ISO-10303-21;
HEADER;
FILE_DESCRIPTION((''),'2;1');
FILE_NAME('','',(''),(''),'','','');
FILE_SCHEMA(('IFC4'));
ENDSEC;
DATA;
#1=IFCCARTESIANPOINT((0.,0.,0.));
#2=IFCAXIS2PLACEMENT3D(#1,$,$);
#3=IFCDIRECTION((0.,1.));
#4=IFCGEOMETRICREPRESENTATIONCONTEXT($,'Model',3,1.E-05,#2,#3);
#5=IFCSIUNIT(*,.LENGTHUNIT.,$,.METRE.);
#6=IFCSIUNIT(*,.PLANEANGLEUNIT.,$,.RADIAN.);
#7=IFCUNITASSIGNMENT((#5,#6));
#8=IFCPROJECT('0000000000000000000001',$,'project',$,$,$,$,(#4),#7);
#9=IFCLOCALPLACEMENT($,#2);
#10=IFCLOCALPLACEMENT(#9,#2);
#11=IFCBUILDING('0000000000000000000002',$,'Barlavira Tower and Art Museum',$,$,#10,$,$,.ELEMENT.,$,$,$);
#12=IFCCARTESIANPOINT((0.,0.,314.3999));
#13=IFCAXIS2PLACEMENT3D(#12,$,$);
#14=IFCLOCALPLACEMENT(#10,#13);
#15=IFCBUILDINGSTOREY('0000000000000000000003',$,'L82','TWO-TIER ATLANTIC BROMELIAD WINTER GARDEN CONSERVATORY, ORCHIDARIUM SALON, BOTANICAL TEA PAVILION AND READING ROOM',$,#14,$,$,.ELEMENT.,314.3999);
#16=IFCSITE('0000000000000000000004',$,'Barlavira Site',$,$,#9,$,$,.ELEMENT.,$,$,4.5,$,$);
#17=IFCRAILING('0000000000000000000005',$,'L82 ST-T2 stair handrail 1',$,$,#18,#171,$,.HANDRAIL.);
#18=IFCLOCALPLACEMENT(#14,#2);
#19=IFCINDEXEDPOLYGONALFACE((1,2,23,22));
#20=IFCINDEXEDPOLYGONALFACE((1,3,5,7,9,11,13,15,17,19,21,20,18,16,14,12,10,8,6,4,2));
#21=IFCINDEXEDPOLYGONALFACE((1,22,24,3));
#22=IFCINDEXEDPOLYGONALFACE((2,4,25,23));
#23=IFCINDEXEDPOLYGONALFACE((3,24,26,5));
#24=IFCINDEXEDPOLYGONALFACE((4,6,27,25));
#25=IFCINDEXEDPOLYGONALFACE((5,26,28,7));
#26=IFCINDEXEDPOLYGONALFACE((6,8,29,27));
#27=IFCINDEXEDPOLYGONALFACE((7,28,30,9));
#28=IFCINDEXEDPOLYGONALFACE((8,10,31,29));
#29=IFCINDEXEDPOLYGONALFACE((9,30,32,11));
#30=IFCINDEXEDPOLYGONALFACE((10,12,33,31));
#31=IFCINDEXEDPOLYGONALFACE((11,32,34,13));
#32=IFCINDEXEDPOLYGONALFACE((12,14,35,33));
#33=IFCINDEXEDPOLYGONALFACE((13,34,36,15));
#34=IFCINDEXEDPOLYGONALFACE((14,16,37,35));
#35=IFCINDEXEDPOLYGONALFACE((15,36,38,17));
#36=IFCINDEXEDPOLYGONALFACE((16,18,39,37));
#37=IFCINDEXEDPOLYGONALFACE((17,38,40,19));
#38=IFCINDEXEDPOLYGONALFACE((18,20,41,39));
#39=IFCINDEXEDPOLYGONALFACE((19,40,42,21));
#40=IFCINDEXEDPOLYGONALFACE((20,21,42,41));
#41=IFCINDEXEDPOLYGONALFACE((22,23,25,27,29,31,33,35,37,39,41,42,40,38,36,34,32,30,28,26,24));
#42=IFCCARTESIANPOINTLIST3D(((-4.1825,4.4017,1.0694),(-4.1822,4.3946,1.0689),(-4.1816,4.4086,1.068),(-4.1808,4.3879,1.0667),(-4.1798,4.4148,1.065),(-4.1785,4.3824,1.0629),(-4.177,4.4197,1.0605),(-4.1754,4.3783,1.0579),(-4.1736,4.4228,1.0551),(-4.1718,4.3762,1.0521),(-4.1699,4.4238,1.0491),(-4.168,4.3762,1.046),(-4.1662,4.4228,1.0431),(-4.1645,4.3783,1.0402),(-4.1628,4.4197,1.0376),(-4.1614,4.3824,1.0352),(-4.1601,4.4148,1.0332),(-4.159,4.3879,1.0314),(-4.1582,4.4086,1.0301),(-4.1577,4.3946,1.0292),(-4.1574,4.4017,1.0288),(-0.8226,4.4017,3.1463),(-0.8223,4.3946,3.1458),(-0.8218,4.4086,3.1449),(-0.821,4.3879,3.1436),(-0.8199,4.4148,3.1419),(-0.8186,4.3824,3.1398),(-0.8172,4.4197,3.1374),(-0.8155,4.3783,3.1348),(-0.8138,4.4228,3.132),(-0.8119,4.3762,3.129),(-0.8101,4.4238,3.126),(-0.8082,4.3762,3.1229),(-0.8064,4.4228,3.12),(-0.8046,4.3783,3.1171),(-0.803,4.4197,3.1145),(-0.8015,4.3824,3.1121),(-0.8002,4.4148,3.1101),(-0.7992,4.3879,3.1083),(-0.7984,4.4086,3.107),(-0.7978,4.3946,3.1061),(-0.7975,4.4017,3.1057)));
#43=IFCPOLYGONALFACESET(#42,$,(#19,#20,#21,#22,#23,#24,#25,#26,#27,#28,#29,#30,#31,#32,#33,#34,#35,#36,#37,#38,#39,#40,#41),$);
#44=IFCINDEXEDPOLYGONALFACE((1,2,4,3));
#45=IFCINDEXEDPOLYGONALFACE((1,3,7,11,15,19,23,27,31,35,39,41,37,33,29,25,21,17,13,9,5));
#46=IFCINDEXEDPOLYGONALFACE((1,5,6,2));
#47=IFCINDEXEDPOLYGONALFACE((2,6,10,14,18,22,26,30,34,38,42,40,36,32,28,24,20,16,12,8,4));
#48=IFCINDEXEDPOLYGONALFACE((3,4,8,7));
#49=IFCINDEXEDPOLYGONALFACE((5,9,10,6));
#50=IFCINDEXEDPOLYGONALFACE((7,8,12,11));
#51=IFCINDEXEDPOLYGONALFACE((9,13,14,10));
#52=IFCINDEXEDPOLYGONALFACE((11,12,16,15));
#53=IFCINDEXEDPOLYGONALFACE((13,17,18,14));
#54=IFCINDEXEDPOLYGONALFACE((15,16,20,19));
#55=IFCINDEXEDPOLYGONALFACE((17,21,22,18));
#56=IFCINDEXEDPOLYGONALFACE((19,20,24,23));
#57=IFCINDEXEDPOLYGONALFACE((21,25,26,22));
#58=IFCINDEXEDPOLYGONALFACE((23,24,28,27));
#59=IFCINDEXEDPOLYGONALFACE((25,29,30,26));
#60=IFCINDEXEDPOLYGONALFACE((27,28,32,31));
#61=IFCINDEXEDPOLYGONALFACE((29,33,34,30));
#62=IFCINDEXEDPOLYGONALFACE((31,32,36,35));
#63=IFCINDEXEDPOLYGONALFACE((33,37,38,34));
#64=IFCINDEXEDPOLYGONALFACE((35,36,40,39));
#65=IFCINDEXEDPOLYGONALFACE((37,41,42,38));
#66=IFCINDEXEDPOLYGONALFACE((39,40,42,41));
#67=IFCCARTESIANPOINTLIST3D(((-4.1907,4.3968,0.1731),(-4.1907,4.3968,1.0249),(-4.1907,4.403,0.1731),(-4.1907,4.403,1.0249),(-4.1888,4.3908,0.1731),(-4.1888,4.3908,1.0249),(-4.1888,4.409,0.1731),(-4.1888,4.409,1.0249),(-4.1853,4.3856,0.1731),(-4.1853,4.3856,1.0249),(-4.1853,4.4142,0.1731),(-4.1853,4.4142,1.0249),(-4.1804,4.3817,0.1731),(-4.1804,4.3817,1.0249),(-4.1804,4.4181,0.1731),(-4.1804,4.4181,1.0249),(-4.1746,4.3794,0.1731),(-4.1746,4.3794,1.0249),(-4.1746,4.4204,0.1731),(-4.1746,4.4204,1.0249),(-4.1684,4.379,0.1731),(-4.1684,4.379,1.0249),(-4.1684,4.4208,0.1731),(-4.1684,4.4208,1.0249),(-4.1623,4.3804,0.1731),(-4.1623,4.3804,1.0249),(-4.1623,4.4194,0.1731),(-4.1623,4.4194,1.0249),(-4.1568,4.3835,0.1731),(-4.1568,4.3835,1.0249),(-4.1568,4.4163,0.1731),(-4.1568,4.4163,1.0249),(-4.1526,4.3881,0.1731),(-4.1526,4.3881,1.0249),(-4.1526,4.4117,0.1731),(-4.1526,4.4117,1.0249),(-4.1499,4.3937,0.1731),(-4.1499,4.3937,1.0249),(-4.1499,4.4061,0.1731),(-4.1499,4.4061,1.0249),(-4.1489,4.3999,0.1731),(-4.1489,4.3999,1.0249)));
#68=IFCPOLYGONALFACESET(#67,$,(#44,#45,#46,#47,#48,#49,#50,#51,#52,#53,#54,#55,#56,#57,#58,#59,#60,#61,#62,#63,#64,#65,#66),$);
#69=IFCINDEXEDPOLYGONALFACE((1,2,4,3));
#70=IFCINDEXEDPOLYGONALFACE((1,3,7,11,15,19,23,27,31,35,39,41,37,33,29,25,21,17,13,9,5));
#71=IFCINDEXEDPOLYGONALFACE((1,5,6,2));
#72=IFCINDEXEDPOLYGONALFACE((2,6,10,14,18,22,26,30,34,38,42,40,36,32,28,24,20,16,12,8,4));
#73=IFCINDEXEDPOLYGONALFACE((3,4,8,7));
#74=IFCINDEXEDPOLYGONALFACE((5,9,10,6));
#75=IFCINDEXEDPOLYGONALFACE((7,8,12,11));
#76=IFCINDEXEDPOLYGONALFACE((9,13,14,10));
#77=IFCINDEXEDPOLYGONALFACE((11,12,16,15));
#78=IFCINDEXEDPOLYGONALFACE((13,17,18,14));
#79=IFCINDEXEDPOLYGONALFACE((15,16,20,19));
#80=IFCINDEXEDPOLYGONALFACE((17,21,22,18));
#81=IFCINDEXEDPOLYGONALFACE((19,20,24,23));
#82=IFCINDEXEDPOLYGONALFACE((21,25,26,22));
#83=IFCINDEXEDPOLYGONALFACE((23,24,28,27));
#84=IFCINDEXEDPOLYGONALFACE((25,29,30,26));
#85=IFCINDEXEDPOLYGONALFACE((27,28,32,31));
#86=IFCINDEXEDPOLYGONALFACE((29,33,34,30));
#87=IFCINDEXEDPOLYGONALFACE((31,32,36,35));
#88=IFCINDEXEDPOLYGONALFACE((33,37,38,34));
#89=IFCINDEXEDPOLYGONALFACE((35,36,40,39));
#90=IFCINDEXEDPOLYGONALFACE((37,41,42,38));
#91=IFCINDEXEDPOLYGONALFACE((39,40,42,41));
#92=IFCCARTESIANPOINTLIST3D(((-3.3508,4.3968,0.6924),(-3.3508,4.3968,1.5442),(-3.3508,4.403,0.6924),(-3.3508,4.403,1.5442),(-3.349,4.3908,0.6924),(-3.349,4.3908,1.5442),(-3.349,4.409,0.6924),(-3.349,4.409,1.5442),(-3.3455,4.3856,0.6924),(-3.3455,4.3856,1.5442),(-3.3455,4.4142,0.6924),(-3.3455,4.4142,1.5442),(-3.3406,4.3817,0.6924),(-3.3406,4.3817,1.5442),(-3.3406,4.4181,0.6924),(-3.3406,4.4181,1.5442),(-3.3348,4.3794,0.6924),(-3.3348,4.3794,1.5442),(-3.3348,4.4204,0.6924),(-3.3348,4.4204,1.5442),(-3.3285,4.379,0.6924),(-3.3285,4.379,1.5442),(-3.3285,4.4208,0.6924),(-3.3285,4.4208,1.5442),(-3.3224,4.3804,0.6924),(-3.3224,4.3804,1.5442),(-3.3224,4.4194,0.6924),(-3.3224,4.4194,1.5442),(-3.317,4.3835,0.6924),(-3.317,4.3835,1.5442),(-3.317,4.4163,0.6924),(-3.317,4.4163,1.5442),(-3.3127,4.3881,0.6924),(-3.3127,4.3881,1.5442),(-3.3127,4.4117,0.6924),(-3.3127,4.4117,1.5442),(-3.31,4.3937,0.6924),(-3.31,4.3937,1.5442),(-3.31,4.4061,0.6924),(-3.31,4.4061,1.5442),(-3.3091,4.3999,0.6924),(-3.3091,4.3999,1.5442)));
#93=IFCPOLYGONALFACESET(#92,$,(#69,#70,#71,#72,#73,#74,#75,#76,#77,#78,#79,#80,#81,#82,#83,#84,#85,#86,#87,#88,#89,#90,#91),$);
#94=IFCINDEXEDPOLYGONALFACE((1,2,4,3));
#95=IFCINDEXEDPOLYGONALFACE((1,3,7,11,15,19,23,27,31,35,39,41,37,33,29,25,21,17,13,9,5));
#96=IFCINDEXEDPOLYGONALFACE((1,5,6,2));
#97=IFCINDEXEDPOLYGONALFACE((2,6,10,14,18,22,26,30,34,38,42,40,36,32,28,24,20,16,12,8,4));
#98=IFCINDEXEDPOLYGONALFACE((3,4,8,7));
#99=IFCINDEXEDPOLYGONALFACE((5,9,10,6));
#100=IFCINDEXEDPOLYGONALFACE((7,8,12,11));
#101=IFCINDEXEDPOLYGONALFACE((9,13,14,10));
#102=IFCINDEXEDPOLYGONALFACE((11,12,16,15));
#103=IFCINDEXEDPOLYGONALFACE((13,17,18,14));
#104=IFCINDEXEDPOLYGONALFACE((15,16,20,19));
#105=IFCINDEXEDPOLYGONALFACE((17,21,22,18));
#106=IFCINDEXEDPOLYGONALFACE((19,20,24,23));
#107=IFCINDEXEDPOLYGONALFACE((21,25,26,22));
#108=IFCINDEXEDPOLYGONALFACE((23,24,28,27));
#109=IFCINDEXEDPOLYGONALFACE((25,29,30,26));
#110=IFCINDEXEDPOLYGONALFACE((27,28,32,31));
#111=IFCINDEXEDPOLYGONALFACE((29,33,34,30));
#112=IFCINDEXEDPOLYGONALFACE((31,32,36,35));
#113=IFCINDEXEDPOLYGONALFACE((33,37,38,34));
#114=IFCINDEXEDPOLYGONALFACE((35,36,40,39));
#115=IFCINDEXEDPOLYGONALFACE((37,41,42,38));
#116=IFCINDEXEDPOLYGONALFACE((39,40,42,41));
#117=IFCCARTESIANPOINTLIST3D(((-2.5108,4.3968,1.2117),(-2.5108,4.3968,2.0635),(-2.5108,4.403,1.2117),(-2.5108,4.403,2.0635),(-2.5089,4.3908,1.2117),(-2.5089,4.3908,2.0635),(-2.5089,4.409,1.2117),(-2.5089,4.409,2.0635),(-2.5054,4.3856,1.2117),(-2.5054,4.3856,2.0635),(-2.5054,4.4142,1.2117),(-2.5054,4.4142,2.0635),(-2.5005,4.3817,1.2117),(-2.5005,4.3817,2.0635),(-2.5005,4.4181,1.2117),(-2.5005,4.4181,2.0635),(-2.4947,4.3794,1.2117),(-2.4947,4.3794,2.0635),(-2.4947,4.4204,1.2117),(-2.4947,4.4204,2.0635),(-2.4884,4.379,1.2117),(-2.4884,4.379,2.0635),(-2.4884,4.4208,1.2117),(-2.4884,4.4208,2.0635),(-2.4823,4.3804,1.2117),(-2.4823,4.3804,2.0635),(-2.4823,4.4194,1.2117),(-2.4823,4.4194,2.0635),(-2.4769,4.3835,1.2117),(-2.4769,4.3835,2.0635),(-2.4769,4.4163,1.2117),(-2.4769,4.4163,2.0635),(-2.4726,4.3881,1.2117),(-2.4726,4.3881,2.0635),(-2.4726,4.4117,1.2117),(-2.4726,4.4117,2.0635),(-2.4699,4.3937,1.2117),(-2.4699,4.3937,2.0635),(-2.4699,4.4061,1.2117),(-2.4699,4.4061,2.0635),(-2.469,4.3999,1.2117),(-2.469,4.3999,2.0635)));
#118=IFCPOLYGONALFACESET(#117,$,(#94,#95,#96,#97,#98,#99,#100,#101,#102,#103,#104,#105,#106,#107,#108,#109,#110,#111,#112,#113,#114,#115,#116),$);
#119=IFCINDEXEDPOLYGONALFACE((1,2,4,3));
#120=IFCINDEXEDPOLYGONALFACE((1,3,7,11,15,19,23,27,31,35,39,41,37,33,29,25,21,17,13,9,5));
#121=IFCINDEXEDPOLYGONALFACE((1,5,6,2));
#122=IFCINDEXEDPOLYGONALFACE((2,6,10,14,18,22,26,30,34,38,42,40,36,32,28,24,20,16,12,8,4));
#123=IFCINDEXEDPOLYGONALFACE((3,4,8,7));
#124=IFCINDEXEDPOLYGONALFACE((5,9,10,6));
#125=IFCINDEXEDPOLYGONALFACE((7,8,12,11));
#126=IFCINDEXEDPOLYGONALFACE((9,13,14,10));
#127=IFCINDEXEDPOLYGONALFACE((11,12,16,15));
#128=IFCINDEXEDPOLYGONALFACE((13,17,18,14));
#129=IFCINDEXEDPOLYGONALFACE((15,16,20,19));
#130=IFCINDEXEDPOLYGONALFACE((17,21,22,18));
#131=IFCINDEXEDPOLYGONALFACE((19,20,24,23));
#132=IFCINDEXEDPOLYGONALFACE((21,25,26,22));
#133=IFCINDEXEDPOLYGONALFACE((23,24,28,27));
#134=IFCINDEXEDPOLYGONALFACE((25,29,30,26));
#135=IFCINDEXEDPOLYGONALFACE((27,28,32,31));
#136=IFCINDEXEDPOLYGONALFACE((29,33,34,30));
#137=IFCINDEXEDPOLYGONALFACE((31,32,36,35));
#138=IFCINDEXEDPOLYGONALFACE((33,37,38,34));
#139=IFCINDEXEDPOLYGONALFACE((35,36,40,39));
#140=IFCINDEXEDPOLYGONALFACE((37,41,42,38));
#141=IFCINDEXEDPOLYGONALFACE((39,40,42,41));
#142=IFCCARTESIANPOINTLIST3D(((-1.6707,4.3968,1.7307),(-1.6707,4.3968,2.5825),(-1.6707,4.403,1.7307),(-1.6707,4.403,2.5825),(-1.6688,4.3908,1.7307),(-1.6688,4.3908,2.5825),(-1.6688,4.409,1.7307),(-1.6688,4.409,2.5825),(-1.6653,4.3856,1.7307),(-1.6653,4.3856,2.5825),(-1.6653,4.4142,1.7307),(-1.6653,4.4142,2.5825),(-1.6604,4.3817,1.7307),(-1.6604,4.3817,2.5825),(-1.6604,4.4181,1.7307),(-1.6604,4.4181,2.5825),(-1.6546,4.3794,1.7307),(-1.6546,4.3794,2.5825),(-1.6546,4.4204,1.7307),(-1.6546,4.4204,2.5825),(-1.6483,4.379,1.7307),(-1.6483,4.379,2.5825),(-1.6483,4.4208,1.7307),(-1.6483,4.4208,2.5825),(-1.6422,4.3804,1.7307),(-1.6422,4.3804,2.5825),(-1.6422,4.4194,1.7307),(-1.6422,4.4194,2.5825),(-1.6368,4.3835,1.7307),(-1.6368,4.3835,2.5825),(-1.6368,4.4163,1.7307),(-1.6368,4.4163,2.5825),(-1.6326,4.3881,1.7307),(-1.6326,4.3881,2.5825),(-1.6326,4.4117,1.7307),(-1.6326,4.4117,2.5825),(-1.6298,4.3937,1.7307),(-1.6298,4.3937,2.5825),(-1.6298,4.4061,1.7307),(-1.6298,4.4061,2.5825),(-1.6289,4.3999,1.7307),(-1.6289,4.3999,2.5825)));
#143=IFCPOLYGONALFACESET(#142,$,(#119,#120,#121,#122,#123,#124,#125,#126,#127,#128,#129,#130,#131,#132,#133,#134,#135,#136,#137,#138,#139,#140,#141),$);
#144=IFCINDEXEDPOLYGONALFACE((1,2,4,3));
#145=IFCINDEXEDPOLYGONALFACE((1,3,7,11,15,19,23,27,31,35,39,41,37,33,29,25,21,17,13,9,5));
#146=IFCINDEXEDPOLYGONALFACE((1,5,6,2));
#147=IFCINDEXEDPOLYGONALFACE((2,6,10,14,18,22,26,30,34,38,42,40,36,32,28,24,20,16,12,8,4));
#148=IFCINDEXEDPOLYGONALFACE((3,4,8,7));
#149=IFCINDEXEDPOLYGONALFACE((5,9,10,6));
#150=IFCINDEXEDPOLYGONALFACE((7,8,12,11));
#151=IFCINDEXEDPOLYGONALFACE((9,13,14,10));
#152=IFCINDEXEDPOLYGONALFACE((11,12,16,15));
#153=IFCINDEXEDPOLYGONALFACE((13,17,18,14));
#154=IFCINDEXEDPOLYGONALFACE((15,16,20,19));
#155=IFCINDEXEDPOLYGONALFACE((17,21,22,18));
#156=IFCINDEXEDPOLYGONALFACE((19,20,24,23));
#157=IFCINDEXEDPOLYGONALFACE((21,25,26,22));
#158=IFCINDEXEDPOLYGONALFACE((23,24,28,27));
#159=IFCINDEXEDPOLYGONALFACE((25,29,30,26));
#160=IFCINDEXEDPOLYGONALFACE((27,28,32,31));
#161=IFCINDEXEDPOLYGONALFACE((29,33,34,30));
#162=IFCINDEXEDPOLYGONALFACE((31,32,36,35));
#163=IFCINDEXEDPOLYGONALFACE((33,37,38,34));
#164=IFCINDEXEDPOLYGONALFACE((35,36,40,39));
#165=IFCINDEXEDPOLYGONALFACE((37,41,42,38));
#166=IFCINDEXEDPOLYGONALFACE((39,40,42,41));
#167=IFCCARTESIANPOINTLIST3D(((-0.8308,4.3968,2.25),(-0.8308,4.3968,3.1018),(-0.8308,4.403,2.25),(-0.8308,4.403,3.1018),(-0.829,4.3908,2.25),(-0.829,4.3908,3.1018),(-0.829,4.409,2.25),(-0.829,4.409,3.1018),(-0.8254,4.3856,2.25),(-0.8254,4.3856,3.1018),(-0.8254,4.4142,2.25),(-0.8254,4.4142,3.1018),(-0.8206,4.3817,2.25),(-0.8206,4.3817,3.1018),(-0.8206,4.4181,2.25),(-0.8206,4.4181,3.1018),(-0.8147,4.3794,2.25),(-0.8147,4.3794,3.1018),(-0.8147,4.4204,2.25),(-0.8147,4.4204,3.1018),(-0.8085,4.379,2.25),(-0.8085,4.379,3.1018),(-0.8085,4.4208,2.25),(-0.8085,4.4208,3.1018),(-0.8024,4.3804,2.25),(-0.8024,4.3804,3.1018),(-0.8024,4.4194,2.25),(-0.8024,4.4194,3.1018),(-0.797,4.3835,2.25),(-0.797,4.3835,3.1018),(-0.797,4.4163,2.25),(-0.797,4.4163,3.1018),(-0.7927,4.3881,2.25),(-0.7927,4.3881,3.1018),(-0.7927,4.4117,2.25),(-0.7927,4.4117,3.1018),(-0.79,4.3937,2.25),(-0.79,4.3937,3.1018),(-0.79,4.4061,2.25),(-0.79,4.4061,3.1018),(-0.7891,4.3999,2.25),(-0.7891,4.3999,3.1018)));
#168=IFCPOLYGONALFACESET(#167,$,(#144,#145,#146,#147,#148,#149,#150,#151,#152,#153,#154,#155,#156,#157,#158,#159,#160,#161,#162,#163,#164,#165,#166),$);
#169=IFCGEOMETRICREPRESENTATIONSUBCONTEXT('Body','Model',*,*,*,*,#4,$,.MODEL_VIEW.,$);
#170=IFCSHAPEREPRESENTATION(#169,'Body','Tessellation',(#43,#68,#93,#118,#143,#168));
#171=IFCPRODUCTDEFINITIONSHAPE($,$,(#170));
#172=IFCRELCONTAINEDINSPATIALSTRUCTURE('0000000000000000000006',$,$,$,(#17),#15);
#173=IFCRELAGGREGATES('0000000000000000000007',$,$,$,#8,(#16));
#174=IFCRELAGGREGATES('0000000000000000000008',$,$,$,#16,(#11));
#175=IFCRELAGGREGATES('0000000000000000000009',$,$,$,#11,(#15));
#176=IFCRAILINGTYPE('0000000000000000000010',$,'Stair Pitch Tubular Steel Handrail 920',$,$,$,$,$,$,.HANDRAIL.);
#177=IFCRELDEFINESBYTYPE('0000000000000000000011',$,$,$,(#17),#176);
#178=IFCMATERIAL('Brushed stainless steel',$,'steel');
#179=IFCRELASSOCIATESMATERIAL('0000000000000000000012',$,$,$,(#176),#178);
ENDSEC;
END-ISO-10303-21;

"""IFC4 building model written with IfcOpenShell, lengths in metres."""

from ifc_helpers import new_model, si_unit, direction, frame, origin, origin_2d, place, context, subcontext, project, spatial, circle, extrude, material, type_object, element, save


model = new_model("IFC4")

# Units and contexts
model_context = context("Model", 3, precision=1e-05, world=origin(), true_north=direction((0.0, 1.0)))
body_context = subcontext(model_context, "Body", "Model", "MODEL_VIEW")
ifc_project = project(units=[si_unit("LENGTHUNIT", "METRE"), si_unit("PLANEANGLEUNIT", "RADIAN")], contexts=[model_context])

# Site, building, storey
site_placement = place(None, origin())
site = spatial("IfcSite", under=ifc_project, at=site_placement, Name="Barlavira Site", CompositionType="ELEMENT", RefElevation=4.5)
building_placement = place(site_placement, origin())
building = spatial("IfcBuilding", under=site, at=building_placement, Name="Barlavira Tower and Art Museum", CompositionType="ELEMENT")
storey_placement = place(building_placement, frame((0.0, 0.0, 314.3999)))
storey = spatial("IfcBuildingStorey", under=building, at=storey_placement, Name="L82", Description="TWO-TIER ATLANTIC BROMELIAD WINTER GARDEN CONSERVATORY, ORCHIDARIUM SALON, BOTANICAL TEA PAVILION AND READING ROOM", CompositionType="ELEMENT", Elevation=314.3999)

# Shared definitions
ifc_material_1 = material(Name="Brushed stainless steel", Category="steel")

# Railing
railing_type_1 = type_object("IfcRailingType", Name="Stair Pitch Tubular Steel Handrail 920", PredefinedType="HANDRAIL", material=ifc_material_1)
railing_1_placement = place(storey_placement, frame((-4.1699, 4.3999, 0.1731)))
element("IfcRailing", 1, at=railing_1_placement, inside=storey, type_object=railing_type_1, Name="L82 ST-T2 stair handrail 1", PredefinedType="HANDRAIL", context=body_context, shape_type="SweptSolid", body=[
    extrude(circle(Radius=0.0239, at=origin_2d()), frame((0.0, 0.0, 0.876), z_axis=(0.850606, 0.0, 0.525803), x_axis=(0.0, 1.0, 0.0)), (0.0, 0.0, 1.0), 3.95),
    extrude(circle(Radius=0.021, at=origin_2d()), origin(), (0.0, 0.0, 1.0), 0.8518),
    extrude(circle(Radius=0.021, at=origin_2d()), frame((0.8398, 0.0, 0.5193)), (0.0, 0.0, 1.0), 0.8518),
    extrude(circle(Radius=0.021, at=origin_2d()), frame((1.6799, 0.0, 1.0386)), (0.0, 0.0, 1.0), 0.8518),
    extrude(circle(Radius=0.021, at=origin_2d()), frame((2.52, 0.0, 1.5576)), (0.0, 0.0, 1.0), 0.8518),
    extrude(circle(Radius=0.021, at=origin_2d()), frame((3.3599, 0.0, 2.0769)), (0.0, 0.0, 1.0), 0.8518),
])

save(model, "model.ifc")
